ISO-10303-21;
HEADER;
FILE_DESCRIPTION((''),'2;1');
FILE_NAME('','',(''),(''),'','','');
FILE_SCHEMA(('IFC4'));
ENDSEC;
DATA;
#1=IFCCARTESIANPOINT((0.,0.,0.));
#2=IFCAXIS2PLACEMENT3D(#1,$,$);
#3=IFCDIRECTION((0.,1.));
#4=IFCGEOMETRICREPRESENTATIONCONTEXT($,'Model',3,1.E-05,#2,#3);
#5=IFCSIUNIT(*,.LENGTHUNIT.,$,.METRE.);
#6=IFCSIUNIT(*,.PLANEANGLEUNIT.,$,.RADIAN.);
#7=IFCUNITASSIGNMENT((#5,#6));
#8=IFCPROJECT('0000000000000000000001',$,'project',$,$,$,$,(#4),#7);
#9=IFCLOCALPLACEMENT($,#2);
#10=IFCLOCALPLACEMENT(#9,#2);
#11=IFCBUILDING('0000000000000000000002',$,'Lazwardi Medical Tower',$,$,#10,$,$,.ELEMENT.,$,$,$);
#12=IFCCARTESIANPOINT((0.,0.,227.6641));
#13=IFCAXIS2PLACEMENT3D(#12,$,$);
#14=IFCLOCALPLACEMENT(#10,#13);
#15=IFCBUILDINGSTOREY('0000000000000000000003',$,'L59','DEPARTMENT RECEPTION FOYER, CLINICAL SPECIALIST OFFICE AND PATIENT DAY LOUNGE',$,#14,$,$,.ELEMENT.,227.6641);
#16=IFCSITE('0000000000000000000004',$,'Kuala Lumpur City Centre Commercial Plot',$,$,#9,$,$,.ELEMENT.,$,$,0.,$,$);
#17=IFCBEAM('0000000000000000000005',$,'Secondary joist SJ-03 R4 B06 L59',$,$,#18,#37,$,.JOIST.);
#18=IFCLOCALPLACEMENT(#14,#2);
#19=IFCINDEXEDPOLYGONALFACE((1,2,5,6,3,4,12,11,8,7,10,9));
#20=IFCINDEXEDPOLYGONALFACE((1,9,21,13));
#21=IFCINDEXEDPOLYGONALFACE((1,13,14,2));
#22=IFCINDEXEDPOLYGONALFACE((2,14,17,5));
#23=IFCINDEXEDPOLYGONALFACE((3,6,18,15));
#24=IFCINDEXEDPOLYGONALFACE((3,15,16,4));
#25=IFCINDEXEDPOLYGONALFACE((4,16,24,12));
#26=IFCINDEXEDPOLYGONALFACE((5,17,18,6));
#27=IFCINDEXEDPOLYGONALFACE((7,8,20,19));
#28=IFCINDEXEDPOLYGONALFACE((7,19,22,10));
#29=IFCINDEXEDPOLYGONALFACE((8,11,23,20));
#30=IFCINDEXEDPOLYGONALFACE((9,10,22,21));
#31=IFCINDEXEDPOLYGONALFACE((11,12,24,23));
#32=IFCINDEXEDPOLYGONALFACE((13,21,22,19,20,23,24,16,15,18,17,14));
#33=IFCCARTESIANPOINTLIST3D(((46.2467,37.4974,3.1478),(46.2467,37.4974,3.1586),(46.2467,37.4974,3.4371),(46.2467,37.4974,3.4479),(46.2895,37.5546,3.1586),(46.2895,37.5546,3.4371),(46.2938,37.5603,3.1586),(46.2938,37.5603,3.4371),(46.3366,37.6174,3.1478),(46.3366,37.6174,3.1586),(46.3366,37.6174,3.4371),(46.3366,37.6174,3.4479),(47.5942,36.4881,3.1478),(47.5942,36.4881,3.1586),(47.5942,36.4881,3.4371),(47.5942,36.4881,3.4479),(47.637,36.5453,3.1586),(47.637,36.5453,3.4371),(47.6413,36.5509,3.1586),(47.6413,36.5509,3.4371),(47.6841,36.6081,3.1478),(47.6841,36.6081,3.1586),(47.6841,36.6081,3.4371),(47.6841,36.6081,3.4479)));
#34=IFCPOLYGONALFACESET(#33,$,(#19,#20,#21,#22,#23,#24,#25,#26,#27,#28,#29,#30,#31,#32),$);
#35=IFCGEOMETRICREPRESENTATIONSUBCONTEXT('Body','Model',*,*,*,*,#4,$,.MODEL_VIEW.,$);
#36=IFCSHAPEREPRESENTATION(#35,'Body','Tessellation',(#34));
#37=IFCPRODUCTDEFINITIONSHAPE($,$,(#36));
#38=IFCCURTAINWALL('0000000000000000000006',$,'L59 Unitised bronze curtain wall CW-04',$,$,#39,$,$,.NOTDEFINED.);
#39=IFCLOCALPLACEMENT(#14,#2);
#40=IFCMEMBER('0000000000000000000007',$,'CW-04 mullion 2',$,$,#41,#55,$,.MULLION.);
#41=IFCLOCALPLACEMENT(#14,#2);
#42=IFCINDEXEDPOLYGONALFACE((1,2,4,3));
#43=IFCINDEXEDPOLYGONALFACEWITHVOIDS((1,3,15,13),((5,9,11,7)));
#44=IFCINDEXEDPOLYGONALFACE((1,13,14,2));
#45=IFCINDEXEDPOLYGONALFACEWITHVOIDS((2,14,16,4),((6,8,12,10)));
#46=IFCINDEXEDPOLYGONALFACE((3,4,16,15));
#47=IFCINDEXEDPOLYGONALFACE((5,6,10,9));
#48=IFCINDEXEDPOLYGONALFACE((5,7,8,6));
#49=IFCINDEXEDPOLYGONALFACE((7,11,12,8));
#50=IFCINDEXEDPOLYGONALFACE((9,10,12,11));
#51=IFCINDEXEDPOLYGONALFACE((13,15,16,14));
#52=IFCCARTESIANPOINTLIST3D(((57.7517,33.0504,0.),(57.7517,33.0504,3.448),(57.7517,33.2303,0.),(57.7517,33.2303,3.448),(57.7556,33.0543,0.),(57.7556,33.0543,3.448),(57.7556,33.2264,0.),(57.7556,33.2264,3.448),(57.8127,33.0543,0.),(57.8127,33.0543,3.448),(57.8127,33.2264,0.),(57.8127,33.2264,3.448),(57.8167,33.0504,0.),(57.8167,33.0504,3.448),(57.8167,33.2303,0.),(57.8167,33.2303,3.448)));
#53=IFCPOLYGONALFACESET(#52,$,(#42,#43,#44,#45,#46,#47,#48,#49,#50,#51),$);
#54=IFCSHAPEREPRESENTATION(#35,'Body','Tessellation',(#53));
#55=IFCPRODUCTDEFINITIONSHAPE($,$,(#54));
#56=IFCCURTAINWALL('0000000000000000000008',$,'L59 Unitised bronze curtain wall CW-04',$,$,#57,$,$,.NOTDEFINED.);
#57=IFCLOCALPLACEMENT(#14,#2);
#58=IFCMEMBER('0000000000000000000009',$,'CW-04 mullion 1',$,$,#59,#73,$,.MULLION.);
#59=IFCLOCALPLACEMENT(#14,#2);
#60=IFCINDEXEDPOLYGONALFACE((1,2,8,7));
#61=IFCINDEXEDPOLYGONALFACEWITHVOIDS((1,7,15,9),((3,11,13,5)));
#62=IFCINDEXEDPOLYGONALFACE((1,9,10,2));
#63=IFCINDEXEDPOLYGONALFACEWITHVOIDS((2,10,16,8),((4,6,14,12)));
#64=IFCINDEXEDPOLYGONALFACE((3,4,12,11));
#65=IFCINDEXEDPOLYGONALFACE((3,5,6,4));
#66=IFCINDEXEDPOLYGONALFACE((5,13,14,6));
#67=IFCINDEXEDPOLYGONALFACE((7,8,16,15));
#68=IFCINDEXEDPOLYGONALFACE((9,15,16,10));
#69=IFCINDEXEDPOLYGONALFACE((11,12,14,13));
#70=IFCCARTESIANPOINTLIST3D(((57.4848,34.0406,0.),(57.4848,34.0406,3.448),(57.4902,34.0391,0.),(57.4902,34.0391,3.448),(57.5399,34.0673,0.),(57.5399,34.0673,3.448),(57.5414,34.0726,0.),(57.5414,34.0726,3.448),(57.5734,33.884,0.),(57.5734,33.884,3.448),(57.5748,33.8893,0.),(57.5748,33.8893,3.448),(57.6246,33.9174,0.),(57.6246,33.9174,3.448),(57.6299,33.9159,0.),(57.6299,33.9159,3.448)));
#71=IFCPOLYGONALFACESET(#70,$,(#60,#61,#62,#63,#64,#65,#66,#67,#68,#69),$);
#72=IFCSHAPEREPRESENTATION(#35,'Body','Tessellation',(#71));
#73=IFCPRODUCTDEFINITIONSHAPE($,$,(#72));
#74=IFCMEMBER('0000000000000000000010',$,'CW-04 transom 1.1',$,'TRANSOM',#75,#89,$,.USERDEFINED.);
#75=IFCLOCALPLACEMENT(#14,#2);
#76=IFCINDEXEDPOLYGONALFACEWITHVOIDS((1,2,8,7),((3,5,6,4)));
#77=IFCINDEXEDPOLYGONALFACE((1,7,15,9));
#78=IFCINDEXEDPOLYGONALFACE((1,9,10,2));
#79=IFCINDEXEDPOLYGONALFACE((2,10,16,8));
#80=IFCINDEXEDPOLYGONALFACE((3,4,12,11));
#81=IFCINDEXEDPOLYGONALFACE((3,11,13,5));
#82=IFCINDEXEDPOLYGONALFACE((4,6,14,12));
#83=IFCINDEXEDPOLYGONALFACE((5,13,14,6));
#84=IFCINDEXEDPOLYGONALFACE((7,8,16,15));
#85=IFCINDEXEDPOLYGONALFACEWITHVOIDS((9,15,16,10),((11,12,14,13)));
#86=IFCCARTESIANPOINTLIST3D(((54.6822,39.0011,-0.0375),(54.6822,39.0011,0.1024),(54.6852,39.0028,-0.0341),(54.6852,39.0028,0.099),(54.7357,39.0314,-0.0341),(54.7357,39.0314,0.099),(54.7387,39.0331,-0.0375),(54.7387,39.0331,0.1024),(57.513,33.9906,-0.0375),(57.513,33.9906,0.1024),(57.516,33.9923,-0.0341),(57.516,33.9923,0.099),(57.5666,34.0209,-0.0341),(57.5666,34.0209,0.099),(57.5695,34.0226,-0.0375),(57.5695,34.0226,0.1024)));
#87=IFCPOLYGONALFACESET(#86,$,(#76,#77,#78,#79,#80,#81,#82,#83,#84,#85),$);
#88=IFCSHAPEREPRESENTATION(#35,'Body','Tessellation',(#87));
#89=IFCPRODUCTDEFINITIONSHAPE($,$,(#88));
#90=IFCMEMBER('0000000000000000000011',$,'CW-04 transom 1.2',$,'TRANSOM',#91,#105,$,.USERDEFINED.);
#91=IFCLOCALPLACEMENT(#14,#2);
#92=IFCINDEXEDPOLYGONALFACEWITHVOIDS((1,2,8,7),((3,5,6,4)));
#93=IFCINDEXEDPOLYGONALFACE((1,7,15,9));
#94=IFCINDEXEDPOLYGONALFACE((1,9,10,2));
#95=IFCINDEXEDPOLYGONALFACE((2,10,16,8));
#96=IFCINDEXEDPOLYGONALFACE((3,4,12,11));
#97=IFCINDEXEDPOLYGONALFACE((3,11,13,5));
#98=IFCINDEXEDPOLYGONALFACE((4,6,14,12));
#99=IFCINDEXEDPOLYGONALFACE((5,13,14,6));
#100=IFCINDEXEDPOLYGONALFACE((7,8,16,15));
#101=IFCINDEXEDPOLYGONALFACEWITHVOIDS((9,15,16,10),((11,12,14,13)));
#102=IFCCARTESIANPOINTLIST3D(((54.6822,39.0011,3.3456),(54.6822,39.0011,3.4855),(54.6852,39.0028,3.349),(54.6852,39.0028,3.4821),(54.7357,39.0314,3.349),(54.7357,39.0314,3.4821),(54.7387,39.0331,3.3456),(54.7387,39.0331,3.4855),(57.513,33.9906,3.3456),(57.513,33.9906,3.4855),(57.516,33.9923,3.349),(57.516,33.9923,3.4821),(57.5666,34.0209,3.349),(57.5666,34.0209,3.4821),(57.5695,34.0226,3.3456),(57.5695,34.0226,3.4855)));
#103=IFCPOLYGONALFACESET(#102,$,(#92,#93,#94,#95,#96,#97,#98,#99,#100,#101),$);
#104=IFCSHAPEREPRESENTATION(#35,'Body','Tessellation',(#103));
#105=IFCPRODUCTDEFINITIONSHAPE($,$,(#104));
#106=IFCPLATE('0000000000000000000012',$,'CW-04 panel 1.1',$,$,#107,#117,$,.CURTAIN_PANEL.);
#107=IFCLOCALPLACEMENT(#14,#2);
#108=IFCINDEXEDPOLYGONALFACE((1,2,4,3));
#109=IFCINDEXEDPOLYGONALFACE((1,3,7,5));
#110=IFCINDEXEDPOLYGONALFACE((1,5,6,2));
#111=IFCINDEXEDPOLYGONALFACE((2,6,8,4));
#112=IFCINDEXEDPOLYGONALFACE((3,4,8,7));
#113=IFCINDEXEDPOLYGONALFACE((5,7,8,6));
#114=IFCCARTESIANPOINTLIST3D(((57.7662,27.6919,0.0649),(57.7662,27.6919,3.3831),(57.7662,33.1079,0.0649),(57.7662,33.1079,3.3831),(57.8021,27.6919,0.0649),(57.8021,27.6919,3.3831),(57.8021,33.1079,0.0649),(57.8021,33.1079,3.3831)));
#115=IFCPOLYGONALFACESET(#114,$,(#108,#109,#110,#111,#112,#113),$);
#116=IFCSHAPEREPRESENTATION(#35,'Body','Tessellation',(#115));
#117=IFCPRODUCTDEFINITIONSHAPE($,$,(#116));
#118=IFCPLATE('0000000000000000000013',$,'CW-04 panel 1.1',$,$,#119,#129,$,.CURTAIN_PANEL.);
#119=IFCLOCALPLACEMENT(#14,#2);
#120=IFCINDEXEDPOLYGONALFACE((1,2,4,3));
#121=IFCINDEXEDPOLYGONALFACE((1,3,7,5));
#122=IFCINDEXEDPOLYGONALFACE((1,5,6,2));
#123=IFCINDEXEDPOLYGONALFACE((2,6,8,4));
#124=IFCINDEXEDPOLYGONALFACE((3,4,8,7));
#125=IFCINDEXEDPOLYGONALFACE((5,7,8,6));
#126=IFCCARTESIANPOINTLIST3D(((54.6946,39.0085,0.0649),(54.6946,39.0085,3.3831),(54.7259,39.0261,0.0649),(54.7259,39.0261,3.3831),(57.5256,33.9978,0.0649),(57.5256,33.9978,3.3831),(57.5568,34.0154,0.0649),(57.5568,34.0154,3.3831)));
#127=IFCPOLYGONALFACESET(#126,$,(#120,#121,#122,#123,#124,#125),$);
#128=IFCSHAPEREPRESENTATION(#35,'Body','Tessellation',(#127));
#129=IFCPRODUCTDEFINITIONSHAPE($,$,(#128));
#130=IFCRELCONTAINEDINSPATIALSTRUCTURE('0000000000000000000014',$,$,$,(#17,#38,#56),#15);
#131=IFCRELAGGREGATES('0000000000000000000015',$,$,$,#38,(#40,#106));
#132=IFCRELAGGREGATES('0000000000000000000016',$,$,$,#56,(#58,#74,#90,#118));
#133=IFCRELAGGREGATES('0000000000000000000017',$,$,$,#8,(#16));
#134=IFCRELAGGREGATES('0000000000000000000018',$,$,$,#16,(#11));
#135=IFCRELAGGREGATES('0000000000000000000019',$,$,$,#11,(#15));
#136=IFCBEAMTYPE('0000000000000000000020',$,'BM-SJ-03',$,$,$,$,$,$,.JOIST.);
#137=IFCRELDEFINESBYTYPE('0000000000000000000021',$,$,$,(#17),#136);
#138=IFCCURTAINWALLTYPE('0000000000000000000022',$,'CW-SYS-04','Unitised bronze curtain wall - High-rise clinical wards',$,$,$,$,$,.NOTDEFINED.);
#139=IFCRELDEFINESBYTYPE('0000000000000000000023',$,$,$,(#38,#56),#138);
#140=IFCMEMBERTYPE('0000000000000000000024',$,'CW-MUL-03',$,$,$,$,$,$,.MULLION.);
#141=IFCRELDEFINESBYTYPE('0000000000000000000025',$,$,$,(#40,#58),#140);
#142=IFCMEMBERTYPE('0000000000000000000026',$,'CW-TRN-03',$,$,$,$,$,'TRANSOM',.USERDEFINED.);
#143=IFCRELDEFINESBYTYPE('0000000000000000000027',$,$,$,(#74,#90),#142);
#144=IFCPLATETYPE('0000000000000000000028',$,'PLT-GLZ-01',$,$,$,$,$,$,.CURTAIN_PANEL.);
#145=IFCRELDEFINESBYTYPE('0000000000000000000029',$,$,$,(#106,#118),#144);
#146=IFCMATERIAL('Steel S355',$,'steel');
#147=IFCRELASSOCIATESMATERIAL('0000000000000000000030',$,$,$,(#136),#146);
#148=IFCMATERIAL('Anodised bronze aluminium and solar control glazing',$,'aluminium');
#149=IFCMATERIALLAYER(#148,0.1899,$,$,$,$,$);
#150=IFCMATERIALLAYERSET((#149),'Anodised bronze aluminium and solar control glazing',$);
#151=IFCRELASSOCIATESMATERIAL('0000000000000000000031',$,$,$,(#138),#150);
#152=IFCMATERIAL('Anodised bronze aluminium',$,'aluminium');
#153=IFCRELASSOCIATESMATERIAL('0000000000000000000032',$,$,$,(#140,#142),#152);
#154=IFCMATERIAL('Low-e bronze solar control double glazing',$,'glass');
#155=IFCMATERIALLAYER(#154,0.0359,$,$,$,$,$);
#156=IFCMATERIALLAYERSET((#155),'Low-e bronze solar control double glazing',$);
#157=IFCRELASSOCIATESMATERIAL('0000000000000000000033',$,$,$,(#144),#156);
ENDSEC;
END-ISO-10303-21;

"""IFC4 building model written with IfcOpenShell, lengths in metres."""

from ifc_helpers import new_model, si_unit, direction, frame, origin, origin_2d, place, context, subcontext, project, spatial, rectangle, hollow_rectangle, i_section, extrude, material, layer, layer_set, material_profile, profile_set, type_object, element, aggregate, save


model = new_model("IFC4")

# Units and contexts
model_context = context("Model", 3, precision=1e-05, world=origin(), true_north=direction((0.0, 1.0)))
body_context = subcontext(model_context, "Body", "Model", "MODEL_VIEW")
ifc_project = project(units=[si_unit("LENGTHUNIT", "METRE"), si_unit("PLANEANGLEUNIT", "RADIAN")], contexts=[model_context])

# Site, building, storey
site_placement = place(None, origin())
site = spatial("IfcSite", under=ifc_project, at=site_placement, Name="Kuala Lumpur City Centre Commercial Plot", CompositionType="ELEMENT", RefElevation=0.0)
building_placement = place(site_placement, origin())
building = spatial("IfcBuilding", under=site, at=building_placement, Name="Lazwardi Medical Tower", CompositionType="ELEMENT")
storey_placement = place(building_placement, frame((0.0, 0.0, 227.6641)))
storey = spatial("IfcBuildingStorey", under=building, at=storey_placement, Name="L59", Description="DEPARTMENT RECEPTION FOYER, CLINICAL SPECIALIST OFFICE AND PATIENT DAY LOUNGE", CompositionType="ELEMENT", Elevation=227.6641)

# Beam
ifc_material_1 = material(Name="Steel S355", Category="steel")
ifc_material_profile_1 = material_profile(ifc_material_1, i_section(OverallWidth=0.1499, OverallDepth=0.3, WebThickness=0.0071, FlangeThickness=0.0107, at=origin_2d()), Name="IPE 300")
ifc_profile_set_1 = profile_set([ifc_material_profile_1], Name="Steel S355")
beam_type_1 = type_object("IfcBeamType", Name="BM-SJ-03", PredefinedType="JOIST", material=ifc_profile_set_1)
beam_1_placement = place(storey_placement, frame((47.6392, 36.5481, 3.2979), z_axis=(-0.800365, 0.599513, 0.0), x_axis=(-0.599513, -0.800365, 0.0)))
element("IfcBeam", 1, at=beam_1_placement, inside=storey, type_object=beam_type_1, Name="Secondary joist SJ-03 R4 B06 L59", PredefinedType="JOIST", context=body_context, shape_type="SweptSolid", body=[
    extrude(i_section(OverallWidth=0.1499, OverallDepth=0.3, WebThickness=0.0071, FlangeThickness=0.0107, at=origin_2d()), origin(), (0.0, 0.0, 1.0), 1.6836),
])

# Curtain wall, member
ifc_material_2 = material(Name="Anodised bronze aluminium and solar control glazing", Category="aluminium")
ifc_layer_1 = layer(ifc_material_2, 0.1899)
ifc_layer_set_1 = layer_set([ifc_layer_1], Name="Anodised bronze aluminium and solar control glazing")
curtain_wall_type = type_object("IfcCurtainWallType", Name="CW-SYS-04", Description="Unitised bronze curtain wall - High-rise clinical wards", PredefinedType="NOTDEFINED", material=ifc_layer_set_1)
curtain_wall_1_placement = place(storey_placement, origin())
curtain_wall_1 = element("IfcCurtainWall", 2, at=curtain_wall_1_placement, inside=storey, type_object=curtain_wall_type, Name="L59 Unitised bronze curtain wall CW-04", PredefinedType="NOTDEFINED")
ifc_material_3 = material(Name="Anodised bronze aluminium", Category="aluminium")
ifc_material_profile_2 = material_profile(ifc_material_3, hollow_rectangle(XDim=0.0649, YDim=0.1799, WallThickness=0.0039, at=origin_2d()), Name="ALU-MULLION 180x65x4")
ifc_profile_set_2 = profile_set([ifc_material_profile_2], Name="Anodised bronze aluminium")
member_type_1 = type_object("IfcMemberType", Name="CW-MUL-03", PredefinedType="MULLION", material=ifc_profile_set_2)
member_1_placement = place(storey_placement, frame((57.7842, 33.1404, 0.0), z_axis=(0.0, 0.0, 1.0), x_axis=(-1.0, 0.0, 0.0)))
member_1 = element("IfcMember", 3, at=member_1_placement, type_object=member_type_1, Name="CW-04 mullion 2", PredefinedType="MULLION", context=body_context, shape_type="SweptSolid", body=[
    extrude(hollow_rectangle(XDim=0.0649, YDim=0.1799, WallThickness=0.0039, at=origin_2d()), origin(), (0.0, 0.0, 1.0), 3.448),
])

# Curtain wall, members
curtain_wall_2_placement = place(storey_placement, origin())
curtain_wall_2 = element("IfcCurtainWall", 4, at=curtain_wall_2_placement, inside=storey, type_object=curtain_wall_type, Name="L59 Unitised bronze curtain wall CW-04", PredefinedType="NOTDEFINED")
member_2_placement = place(storey_placement, frame((57.5574, 33.9783, 0.0), z_axis=(0.0, 0.0, 1.0), x_axis=(-0.870651, -0.4919, 0.0)))
member_2 = element("IfcMember", 5, at=member_2_placement, type_object=member_type_1, Name="CW-04 mullion 1", PredefinedType="MULLION", context=body_context, shape_type="SweptSolid", body=[
    extrude(hollow_rectangle(XDim=0.0649, YDim=0.1799, WallThickness=0.0039, at=origin_2d()), origin(), (0.0, 0.0, 1.0), 3.448),
])
ifc_material_profile_3 = material_profile(ifc_material_3, hollow_rectangle(XDim=0.0649, YDim=0.1399, WallThickness=0.0034, at=origin_2d()), Name="ALU-TRANSOM 140x65x3.5")
ifc_profile_set_3 = profile_set([ifc_material_profile_3], Name="Anodised bronze aluminium")
member_type_2 = type_object("IfcMemberType", Name="CW-TRN-03", ElementType="TRANSOM", PredefinedType="USERDEFINED", material=ifc_profile_set_3)
member_3_placement = place(storey_placement, frame((57.5413, 34.0066, 0.0325), z_axis=(-0.491898, 0.870653, 0.0), x_axis=(-0.870653, -0.491898, 0.0)))
member_3 = element("IfcMember", 6, at=member_3_placement, type_object=member_type_2, Name="CW-04 transom 1.1", ObjectType="TRANSOM", PredefinedType="USERDEFINED", context=body_context, shape_type="SweptSolid", body=[
    extrude(hollow_rectangle(XDim=0.0649, YDim=0.1399, WallThickness=0.0034, at=origin_2d()), origin(), (0.0, 0.0, 1.0), 5.7549),
])
member_4_placement = place(storey_placement, frame((57.5413, 34.0066, 3.4155), z_axis=(-0.491898, 0.870653, 0.0), x_axis=(-0.870653, -0.491898, 0.0)))
member_4 = element("IfcMember", 7, at=member_4_placement, type_object=member_type_2, Name="CW-04 transom 1.2", ObjectType="TRANSOM", PredefinedType="USERDEFINED", context=body_context, shape_type="SweptSolid", body=[
    extrude(hollow_rectangle(XDim=0.0649, YDim=0.1399, WallThickness=0.0034, at=origin_2d()), origin(), (0.0, 0.0, 1.0), 5.7549),
])

# Plates
ifc_material_4 = material(Name="Low-e bronze solar control double glazing", Category="glass")
ifc_layer_2 = layer(ifc_material_4, 0.0359)
ifc_layer_set_2 = layer_set([ifc_layer_2], Name="Low-e bronze solar control double glazing")
plate_type = type_object("IfcPlateType", Name="PLT-GLZ-01", PredefinedType="CURTAIN_PANEL", material=ifc_layer_set_2)
plate_1_placement = place(storey_placement, frame((57.7842, 30.3999, 0.0649), z_axis=(0.0, 0.0, 1.0), x_axis=(0.0, 1.0, 0.0)))
plate_1 = element("IfcPlate", 8, at=plate_1_placement, type_object=plate_type, Name="CW-04 panel 1.1", PredefinedType="CURTAIN_PANEL", context=body_context, shape_type="SweptSolid", body=[
    extrude(rectangle(XDim=5.416, YDim=0.0359, at=origin_2d()), origin(), (0.0, 0.0, 1.0), 3.3181),
])
aggregate(curtain_wall_1, [member_1, plate_1])
plate_2_placement = place(storey_placement, frame((56.1257, 36.512, 0.0649), z_axis=(0.0, 0.0, 1.0), x_axis=(-0.4919, 0.870651, 0.0)))
plate_2 = element("IfcPlate", 9, at=plate_2_placement, type_object=plate_type, Name="CW-04 panel 1.1", PredefinedType="CURTAIN_PANEL", context=body_context, shape_type="SweptSolid", body=[
    extrude(rectangle(XDim=5.7551, YDim=0.0359, at=origin_2d()), origin(), (0.0, 0.0, 1.0), 3.3181),
])
aggregate(curtain_wall_2, [member_2, member_3, member_4, plate_2])

save(model, "model.ifc")
